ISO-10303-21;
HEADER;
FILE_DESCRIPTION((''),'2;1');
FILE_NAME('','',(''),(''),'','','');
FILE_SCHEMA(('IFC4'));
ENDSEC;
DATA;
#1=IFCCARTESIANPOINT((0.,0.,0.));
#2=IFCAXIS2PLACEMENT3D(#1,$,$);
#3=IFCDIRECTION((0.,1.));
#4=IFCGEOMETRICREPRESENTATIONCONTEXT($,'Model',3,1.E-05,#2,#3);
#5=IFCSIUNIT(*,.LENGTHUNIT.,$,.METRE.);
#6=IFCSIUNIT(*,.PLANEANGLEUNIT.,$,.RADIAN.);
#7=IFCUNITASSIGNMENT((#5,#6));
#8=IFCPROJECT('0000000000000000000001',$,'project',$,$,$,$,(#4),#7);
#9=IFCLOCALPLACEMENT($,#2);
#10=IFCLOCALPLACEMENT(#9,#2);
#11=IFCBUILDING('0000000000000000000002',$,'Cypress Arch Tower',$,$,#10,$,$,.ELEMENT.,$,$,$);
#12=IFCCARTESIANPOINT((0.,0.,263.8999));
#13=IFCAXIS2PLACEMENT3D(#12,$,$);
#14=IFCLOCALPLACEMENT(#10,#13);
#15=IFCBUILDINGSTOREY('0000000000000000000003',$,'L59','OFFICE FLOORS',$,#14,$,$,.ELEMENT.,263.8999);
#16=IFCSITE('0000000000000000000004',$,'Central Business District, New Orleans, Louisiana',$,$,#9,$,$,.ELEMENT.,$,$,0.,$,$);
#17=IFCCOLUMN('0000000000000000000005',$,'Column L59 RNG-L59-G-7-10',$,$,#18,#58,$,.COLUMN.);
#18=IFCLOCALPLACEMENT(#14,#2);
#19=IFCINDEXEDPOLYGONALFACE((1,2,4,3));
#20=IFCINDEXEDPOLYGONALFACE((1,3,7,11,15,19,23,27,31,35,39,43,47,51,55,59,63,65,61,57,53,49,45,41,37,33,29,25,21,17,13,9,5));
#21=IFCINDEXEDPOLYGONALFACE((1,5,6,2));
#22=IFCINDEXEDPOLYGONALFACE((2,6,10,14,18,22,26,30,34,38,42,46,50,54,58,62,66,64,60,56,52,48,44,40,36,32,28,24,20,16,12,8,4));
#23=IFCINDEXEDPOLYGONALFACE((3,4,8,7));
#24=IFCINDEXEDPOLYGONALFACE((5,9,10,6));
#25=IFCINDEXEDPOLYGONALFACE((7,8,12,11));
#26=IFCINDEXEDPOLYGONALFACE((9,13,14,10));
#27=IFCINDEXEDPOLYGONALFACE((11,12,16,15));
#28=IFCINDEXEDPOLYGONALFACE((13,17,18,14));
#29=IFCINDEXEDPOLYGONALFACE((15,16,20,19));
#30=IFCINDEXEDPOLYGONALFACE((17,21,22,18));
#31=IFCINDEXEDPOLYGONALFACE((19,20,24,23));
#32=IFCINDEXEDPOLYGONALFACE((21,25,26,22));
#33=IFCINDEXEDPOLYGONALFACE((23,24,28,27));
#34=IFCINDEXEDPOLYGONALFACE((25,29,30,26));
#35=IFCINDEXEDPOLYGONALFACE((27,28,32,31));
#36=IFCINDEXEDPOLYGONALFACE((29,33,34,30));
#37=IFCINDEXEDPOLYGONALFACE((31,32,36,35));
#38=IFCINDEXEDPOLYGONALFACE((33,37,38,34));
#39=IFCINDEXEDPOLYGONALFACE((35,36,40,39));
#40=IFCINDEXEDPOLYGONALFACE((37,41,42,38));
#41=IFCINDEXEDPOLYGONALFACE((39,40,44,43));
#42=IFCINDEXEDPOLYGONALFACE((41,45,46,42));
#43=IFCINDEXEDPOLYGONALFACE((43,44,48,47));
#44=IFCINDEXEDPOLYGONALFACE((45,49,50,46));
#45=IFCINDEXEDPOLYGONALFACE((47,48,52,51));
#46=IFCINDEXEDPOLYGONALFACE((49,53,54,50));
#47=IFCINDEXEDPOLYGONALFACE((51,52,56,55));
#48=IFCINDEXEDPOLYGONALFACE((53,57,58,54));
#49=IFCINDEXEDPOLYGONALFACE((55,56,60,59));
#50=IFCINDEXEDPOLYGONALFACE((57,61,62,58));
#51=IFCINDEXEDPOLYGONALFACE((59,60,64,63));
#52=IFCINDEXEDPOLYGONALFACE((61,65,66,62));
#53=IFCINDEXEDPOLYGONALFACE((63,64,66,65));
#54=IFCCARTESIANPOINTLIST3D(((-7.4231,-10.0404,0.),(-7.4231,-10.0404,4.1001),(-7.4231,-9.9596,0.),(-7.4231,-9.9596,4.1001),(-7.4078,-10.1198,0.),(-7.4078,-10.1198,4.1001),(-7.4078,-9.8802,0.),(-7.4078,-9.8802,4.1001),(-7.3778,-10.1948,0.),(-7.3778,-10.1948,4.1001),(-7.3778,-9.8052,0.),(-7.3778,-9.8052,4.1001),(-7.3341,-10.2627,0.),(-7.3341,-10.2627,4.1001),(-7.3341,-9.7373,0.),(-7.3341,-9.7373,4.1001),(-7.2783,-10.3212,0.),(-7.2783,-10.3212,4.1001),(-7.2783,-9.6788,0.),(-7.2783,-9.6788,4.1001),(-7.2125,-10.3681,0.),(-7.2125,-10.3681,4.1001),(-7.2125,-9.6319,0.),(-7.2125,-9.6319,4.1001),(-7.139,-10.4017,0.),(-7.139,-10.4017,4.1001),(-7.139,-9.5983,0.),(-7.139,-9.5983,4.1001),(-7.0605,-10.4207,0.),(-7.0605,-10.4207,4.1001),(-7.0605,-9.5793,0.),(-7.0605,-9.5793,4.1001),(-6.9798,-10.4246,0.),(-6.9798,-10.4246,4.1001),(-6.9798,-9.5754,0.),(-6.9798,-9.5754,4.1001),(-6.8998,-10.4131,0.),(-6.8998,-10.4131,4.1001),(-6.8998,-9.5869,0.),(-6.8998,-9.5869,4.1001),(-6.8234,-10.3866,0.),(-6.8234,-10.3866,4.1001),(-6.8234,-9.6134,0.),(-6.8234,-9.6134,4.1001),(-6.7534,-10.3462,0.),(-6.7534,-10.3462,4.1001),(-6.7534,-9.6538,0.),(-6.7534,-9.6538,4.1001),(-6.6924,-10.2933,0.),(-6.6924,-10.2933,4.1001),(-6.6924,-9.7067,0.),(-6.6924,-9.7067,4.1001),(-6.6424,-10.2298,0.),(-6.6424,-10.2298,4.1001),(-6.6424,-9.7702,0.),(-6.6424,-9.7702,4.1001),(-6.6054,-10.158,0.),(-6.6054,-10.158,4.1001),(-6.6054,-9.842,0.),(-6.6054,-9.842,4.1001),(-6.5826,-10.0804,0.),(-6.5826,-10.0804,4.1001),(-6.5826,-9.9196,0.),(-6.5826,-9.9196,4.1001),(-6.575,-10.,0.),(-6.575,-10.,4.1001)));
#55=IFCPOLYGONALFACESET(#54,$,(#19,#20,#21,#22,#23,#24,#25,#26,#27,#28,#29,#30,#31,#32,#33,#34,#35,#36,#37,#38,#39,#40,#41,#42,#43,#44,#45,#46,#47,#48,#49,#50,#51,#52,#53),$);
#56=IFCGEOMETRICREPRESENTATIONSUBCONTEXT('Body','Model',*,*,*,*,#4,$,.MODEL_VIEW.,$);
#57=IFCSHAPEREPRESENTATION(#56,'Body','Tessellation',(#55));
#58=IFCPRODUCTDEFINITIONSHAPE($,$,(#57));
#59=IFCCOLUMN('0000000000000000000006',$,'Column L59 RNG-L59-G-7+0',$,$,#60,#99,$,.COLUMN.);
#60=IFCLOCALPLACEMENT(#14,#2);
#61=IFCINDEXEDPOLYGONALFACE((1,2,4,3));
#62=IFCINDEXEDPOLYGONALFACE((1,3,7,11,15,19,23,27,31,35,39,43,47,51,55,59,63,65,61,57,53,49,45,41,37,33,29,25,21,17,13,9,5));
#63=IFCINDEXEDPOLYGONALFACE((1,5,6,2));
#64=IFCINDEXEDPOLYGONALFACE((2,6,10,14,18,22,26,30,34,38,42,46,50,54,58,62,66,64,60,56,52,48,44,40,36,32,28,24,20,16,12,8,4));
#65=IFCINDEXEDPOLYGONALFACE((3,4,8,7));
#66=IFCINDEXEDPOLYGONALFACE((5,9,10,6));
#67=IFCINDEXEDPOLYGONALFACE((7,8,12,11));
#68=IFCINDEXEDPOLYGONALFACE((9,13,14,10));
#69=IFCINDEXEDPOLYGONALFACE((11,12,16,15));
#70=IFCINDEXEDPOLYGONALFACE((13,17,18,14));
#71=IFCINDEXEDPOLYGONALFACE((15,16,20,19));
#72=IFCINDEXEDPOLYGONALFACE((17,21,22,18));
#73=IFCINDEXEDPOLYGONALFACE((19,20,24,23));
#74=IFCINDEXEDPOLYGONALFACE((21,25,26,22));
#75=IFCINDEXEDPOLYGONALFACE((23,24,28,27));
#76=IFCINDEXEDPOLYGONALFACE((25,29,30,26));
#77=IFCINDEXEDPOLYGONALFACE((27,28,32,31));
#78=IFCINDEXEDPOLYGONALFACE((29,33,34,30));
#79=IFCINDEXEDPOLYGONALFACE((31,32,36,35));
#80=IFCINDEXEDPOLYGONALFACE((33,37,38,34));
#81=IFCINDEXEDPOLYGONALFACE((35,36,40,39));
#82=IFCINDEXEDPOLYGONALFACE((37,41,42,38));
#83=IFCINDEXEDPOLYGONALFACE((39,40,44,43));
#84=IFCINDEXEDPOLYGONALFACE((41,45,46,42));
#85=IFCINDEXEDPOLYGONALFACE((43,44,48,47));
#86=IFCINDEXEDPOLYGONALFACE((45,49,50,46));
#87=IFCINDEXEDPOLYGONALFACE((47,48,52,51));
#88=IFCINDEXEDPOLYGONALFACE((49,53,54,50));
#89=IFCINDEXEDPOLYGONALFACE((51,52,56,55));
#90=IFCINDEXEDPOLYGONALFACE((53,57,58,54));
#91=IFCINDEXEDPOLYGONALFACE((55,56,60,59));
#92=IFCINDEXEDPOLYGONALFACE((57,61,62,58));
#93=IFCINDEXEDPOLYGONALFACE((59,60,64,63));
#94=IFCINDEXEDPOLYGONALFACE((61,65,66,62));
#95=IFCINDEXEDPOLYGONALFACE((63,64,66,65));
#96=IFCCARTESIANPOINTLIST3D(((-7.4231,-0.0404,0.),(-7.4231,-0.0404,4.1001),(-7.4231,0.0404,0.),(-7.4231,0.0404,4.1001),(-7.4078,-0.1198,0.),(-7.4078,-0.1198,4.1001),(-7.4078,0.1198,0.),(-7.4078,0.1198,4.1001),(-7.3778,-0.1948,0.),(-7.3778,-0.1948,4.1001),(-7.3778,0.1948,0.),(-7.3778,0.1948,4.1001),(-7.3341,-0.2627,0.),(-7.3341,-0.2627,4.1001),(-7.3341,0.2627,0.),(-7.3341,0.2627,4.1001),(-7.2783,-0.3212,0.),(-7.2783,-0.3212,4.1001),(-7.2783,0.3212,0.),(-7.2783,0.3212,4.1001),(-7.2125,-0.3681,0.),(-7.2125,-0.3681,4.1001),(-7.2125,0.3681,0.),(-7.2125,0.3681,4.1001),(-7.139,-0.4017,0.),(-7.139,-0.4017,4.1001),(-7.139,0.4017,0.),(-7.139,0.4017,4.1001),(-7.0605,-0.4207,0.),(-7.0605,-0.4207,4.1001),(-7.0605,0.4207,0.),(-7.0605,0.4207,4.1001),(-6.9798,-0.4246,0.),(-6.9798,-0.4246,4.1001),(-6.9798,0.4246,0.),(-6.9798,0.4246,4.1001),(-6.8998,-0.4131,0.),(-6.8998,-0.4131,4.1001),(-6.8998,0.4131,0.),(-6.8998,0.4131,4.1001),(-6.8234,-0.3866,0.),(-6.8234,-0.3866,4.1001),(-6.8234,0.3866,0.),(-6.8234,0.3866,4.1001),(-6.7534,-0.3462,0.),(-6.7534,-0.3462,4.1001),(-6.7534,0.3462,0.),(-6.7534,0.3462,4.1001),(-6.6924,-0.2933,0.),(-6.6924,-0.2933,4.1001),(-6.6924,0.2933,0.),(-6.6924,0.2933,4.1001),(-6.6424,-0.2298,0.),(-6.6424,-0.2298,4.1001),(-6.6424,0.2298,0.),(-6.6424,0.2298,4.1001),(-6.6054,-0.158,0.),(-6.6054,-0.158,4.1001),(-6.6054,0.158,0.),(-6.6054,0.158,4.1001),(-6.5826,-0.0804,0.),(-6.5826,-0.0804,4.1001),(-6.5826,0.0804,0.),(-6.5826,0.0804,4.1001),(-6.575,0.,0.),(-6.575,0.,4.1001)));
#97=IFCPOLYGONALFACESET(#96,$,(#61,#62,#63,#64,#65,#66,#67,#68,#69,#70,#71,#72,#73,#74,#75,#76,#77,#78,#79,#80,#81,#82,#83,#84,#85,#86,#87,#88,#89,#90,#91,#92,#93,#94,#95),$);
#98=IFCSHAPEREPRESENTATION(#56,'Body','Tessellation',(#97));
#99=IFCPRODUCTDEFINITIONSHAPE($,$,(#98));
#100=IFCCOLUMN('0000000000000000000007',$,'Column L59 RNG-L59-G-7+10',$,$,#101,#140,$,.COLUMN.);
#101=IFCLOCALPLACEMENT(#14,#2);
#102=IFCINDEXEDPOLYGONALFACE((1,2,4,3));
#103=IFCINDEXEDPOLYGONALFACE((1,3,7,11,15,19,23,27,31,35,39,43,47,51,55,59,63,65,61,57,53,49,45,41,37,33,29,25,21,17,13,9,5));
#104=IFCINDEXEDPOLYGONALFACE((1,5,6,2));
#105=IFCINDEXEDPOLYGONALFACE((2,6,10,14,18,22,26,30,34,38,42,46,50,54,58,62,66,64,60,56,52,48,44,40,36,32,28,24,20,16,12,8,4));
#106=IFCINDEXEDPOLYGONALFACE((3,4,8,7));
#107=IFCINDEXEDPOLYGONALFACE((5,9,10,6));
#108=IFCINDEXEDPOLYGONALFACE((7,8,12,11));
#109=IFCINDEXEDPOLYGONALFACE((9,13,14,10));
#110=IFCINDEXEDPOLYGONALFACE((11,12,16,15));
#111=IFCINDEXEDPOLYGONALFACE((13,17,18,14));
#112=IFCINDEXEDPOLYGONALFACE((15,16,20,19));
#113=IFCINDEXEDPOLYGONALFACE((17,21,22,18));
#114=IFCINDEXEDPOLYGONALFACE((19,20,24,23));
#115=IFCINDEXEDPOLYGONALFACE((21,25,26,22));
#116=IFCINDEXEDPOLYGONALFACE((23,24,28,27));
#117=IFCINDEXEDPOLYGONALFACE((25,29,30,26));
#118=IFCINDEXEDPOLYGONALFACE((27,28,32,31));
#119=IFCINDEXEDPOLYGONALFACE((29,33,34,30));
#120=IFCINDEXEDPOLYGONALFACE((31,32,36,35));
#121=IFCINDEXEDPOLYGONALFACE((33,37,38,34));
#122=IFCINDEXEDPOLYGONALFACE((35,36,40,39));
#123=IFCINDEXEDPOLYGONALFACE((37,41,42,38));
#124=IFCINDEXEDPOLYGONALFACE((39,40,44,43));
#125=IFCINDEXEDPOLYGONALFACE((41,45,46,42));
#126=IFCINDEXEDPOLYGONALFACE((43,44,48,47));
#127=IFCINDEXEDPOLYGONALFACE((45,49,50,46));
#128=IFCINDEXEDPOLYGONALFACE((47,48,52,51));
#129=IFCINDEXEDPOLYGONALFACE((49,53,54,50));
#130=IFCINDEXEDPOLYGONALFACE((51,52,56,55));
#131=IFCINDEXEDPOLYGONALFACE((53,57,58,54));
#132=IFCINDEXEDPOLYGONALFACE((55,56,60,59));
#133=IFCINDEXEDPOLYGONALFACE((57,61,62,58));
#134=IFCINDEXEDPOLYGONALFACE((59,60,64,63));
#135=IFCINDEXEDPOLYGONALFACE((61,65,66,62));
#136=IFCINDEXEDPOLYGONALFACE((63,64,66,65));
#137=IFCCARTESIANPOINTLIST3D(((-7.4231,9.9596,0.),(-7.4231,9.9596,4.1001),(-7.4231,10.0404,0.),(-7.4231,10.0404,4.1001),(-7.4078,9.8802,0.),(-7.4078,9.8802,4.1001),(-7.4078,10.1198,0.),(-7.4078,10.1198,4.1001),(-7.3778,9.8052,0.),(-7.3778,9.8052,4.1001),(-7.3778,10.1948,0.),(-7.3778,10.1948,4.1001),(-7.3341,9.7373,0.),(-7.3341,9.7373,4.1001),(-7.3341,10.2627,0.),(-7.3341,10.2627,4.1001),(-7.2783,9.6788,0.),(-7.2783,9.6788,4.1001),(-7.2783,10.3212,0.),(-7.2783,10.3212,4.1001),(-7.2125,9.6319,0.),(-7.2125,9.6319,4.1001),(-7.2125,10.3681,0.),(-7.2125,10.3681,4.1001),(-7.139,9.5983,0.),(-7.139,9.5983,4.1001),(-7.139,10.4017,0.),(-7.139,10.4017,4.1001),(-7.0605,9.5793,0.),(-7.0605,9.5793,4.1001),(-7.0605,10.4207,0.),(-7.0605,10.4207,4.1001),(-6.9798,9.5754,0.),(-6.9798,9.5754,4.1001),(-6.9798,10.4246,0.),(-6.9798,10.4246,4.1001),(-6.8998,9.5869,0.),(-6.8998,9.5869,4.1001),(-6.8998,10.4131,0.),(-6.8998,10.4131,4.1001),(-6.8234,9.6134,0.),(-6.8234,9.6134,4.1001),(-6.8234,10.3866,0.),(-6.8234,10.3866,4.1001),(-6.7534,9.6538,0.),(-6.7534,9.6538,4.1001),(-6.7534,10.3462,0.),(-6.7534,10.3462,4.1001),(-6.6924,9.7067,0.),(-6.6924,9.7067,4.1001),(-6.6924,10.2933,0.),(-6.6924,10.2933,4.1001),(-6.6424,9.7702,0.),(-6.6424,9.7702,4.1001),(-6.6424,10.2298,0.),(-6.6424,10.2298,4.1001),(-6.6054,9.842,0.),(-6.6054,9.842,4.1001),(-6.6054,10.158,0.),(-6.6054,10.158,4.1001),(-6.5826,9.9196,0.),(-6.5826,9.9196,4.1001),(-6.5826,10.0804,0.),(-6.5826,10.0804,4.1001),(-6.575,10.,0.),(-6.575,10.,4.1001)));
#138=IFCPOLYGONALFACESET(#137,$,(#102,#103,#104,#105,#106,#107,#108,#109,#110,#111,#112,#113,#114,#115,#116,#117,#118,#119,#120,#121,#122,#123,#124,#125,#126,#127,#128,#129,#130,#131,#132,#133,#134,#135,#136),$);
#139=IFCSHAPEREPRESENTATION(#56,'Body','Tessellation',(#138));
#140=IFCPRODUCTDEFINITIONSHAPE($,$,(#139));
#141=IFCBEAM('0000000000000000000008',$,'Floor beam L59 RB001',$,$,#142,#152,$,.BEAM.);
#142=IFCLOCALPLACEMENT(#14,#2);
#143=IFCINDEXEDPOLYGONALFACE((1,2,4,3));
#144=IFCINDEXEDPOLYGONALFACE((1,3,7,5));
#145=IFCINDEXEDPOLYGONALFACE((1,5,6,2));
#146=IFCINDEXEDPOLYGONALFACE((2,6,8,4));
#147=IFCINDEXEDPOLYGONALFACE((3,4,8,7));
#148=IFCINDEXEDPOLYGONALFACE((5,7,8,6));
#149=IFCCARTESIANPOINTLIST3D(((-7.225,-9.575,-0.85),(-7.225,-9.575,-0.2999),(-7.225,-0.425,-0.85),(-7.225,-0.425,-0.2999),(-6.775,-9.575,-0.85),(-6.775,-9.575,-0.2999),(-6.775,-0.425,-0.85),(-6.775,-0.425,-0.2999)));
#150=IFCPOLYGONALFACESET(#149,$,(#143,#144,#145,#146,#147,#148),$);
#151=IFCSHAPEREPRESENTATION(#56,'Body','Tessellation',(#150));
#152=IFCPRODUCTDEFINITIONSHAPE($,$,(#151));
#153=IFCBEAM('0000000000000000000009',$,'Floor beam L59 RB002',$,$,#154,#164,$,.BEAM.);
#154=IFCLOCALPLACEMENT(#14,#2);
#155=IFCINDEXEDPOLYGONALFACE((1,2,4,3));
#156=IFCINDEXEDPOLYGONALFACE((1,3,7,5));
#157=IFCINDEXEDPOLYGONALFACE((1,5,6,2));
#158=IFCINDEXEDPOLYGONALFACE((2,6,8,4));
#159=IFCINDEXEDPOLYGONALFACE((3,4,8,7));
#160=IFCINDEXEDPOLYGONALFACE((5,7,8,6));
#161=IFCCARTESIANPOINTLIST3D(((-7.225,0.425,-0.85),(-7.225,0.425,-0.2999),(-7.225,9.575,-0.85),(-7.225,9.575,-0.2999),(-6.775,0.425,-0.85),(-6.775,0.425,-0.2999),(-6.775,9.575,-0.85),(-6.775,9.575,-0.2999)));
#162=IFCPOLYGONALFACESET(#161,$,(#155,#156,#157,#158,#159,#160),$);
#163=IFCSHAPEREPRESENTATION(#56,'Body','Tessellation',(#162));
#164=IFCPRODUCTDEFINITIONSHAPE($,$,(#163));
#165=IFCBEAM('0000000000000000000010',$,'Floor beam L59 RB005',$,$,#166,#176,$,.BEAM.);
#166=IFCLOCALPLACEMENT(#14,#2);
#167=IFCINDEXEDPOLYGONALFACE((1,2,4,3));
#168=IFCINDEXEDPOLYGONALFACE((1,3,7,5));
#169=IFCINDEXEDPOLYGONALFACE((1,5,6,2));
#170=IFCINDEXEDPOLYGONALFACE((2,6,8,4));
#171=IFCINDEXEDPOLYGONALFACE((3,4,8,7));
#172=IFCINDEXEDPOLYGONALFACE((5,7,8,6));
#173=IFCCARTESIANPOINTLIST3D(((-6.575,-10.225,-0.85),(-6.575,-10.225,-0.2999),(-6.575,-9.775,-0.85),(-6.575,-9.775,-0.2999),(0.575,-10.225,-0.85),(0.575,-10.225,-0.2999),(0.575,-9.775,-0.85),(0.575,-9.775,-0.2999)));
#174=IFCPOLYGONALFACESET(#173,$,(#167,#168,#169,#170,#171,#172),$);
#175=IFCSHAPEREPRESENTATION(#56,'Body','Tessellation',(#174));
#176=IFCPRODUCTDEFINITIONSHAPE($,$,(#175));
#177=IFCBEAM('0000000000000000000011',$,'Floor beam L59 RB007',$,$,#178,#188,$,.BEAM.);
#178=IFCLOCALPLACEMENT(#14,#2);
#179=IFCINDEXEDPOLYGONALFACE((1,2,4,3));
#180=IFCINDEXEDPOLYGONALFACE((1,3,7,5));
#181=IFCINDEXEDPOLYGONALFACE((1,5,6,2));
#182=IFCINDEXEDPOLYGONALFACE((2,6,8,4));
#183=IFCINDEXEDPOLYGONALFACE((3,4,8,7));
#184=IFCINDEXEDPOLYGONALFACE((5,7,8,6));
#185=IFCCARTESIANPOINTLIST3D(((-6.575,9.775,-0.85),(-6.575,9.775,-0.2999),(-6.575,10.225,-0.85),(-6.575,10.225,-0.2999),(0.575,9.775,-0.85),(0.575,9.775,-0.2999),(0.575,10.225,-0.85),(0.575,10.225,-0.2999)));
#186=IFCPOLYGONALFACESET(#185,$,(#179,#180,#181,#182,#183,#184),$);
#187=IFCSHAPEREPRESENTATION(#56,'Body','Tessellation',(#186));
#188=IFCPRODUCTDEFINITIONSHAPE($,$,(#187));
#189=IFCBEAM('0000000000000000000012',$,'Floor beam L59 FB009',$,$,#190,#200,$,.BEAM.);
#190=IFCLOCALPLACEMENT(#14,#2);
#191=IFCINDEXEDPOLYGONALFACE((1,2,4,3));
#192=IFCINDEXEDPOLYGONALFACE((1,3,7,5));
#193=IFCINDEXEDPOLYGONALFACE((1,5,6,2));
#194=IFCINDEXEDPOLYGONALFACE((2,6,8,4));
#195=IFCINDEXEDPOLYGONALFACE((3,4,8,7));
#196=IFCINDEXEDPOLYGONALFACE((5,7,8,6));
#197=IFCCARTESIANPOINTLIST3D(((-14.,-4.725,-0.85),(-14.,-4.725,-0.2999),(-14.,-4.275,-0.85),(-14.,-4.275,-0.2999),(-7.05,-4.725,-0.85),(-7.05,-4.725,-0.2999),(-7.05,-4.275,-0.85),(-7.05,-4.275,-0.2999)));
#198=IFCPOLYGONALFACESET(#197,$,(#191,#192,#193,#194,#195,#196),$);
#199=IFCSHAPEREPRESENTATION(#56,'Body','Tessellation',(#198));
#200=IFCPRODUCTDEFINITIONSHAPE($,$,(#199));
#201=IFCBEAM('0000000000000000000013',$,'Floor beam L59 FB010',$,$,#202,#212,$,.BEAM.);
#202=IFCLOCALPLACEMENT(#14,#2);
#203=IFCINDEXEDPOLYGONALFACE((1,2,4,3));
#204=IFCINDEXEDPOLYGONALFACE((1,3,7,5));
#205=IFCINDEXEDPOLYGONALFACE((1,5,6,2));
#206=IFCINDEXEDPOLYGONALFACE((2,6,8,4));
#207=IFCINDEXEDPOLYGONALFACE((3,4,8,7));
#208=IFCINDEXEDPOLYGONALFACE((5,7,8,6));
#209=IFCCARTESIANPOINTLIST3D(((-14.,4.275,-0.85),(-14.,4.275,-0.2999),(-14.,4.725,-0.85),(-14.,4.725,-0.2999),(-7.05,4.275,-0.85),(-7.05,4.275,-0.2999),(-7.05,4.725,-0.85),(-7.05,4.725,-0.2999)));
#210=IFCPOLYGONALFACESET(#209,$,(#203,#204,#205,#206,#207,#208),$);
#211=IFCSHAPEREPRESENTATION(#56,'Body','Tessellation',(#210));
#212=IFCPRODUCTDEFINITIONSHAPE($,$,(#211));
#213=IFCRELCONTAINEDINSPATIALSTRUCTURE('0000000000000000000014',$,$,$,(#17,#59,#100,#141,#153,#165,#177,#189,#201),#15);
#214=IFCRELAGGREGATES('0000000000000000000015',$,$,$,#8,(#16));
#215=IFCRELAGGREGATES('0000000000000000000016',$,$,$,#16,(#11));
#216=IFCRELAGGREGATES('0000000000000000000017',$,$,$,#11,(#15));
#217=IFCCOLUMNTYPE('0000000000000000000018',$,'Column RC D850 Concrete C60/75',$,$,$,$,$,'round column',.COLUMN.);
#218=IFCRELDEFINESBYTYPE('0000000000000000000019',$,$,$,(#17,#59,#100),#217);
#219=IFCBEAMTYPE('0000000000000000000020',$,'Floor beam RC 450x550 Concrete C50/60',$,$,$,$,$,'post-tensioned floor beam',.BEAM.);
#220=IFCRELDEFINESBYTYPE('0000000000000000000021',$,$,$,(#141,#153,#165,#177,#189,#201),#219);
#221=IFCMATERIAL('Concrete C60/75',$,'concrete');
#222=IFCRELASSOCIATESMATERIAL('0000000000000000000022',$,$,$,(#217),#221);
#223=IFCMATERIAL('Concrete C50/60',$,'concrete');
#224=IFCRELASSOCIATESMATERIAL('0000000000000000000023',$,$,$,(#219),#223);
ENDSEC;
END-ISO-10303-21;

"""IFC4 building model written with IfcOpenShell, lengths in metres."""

from ifc_helpers import new_model, si_unit, direction, frame, origin, origin_2d, place, context, subcontext, project, spatial, rectangle, circle, extrude, material, material_profile, profile_set, type_object, element, save


model = new_model("IFC4")

# Units and contexts
model_context = context("Model", 3, precision=1e-05, world=origin(), true_north=direction((0.0, 1.0)))
body_context = subcontext(model_context, "Body", "Model", "MODEL_VIEW")
ifc_project = project(units=[si_unit("LENGTHUNIT", "METRE"), si_unit("PLANEANGLEUNIT", "RADIAN")], contexts=[model_context])

# Site, building, storey
site_placement = place(None, origin())
site = spatial("IfcSite", under=ifc_project, at=site_placement, Name="Central Business District, New Orleans, Louisiana", CompositionType="ELEMENT", RefElevation=0.0)
building_placement = place(site_placement, origin())
building = spatial("IfcBuilding", under=site, at=building_placement, Name="Cypress Arch Tower", CompositionType="ELEMENT")
storey_placement = place(building_placement, frame((0.0, 0.0, 263.8999)))
storey = spatial("IfcBuildingStorey", under=building, at=storey_placement, Name="L59", Description="OFFICE FLOORS", CompositionType="ELEMENT", Elevation=263.8999)

# Columns
ifc_material_1 = material(Name="Concrete C60/75", Category="concrete")
ifc_material_profile_1 = material_profile(ifc_material_1, circle(Radius=0.425, at=origin_2d()), Name="RC D850")
ifc_profile_set_1 = profile_set([ifc_material_profile_1], Name="Concrete C60/75")
column_type = type_object("IfcColumnType", Name="Column RC D850 Concrete C60/75", ElementType="round column", PredefinedType="COLUMN", material=ifc_profile_set_1)
for number, where, z_axis, x_axis, name in (
    (1, (-7.0, -10.0, 0.0), (0.0, 0.0, 1.0), (1.0, 0.0, 0.0), "Column L59 RNG-L59-G-7-10"),
    (2, (-7.0, 0.0, 0.0), (0.0, 0.0, 1.0), (1.0, 0.0, 0.0), "Column L59 RNG-L59-G-7+0"),
    (3, (-7.0, 10.0, 0.0), (0.0, 0.0, 1.0), (1.0, 0.0, 0.0), "Column L59 RNG-L59-G-7+10"),
):
    element("IfcColumn", number, at=place(storey_placement, frame(where, z_axis=z_axis, x_axis=x_axis)), inside=storey, type_object=column_type, Name=name, PredefinedType="COLUMN", context=body_context, shape_type="SweptSolid", body=[
        extrude(circle(Radius=0.425, at=origin_2d()), origin(), (0.0, 0.0, 1.0), 4.1001),
    ])

# Beams
ifc_material_2 = material(Name="Concrete C50/60", Category="concrete")
ifc_material_profile_2 = material_profile(ifc_material_2, rectangle(XDim=0.45, YDim=0.55, at=origin_2d()), Name="RC 450x550")
ifc_profile_set_2 = profile_set([ifc_material_profile_2], Name="Concrete C50/60")
beam_type = type_object("IfcBeamType", Name="Floor beam RC 450x550 Concrete C50/60", ElementType="post-tensioned floor beam", PredefinedType="BEAM", material=ifc_profile_set_2)
for number, where, z_axis, x_axis, name in (
    (4, (-7.0, -9.575, -0.575), (0.0, 1.0, 0.0), (-1.0, 0.0, 0.0), "Floor beam L59 RB001"),
    (5, (-7.0, 0.425, -0.575), (0.0, 1.0, 0.0), (-1.0, 0.0, 0.0), "Floor beam L59 RB002"),
):
    element("IfcBeam", number, at=place(storey_placement, frame(where, z_axis=z_axis, x_axis=x_axis)), inside=storey, type_object=beam_type, Name=name, PredefinedType="BEAM", context=body_context, shape_type="SweptSolid", body=[
        extrude(rectangle(XDim=0.45, YDim=0.55, at=origin_2d()), origin(), (0.0, 0.0, 1.0), 9.1499),
    ])
for number, where, z_axis, x_axis, name in (
    (6, (-6.575, -10.0, -0.575), (1.0, 0.0, 0.0), (0.0, 1.0, 0.0), "Floor beam L59 RB005"),
    (7, (-6.575, 10.0, -0.575), (1.0, 0.0, 0.0), (0.0, 1.0, 0.0), "Floor beam L59 RB007"),
):
    element("IfcBeam", number, at=place(storey_placement, frame(where, z_axis=z_axis, x_axis=x_axis)), inside=storey, type_object=beam_type, Name=name, PredefinedType="BEAM", context=body_context, shape_type="SweptSolid", body=[
        extrude(rectangle(XDim=0.45, YDim=0.55, at=origin_2d()), origin(), (0.0, 0.0, 1.0), 7.1499),
    ])
for number, where, z_axis, x_axis, name in (
    (8, (-14.0, -4.5, -0.575), (1.0, 0.0, 0.0), (0.0, 1.0, 0.0), "Floor beam L59 FB009"),
    (9, (-14.0, 4.5, -0.575), (1.0, 0.0, 0.0), (0.0, 1.0, 0.0), "Floor beam L59 FB010"),
):
    element("IfcBeam", number, at=place(storey_placement, frame(where, z_axis=z_axis, x_axis=x_axis)), inside=storey, type_object=beam_type, Name=name, PredefinedType="BEAM", context=body_context, shape_type="SweptSolid", body=[
        extrude(rectangle(XDim=0.45, YDim=0.55, at=origin_2d()), origin(), (0.0, 0.0, 1.0), 6.95),
    ])

save(model, "model.ifc")
